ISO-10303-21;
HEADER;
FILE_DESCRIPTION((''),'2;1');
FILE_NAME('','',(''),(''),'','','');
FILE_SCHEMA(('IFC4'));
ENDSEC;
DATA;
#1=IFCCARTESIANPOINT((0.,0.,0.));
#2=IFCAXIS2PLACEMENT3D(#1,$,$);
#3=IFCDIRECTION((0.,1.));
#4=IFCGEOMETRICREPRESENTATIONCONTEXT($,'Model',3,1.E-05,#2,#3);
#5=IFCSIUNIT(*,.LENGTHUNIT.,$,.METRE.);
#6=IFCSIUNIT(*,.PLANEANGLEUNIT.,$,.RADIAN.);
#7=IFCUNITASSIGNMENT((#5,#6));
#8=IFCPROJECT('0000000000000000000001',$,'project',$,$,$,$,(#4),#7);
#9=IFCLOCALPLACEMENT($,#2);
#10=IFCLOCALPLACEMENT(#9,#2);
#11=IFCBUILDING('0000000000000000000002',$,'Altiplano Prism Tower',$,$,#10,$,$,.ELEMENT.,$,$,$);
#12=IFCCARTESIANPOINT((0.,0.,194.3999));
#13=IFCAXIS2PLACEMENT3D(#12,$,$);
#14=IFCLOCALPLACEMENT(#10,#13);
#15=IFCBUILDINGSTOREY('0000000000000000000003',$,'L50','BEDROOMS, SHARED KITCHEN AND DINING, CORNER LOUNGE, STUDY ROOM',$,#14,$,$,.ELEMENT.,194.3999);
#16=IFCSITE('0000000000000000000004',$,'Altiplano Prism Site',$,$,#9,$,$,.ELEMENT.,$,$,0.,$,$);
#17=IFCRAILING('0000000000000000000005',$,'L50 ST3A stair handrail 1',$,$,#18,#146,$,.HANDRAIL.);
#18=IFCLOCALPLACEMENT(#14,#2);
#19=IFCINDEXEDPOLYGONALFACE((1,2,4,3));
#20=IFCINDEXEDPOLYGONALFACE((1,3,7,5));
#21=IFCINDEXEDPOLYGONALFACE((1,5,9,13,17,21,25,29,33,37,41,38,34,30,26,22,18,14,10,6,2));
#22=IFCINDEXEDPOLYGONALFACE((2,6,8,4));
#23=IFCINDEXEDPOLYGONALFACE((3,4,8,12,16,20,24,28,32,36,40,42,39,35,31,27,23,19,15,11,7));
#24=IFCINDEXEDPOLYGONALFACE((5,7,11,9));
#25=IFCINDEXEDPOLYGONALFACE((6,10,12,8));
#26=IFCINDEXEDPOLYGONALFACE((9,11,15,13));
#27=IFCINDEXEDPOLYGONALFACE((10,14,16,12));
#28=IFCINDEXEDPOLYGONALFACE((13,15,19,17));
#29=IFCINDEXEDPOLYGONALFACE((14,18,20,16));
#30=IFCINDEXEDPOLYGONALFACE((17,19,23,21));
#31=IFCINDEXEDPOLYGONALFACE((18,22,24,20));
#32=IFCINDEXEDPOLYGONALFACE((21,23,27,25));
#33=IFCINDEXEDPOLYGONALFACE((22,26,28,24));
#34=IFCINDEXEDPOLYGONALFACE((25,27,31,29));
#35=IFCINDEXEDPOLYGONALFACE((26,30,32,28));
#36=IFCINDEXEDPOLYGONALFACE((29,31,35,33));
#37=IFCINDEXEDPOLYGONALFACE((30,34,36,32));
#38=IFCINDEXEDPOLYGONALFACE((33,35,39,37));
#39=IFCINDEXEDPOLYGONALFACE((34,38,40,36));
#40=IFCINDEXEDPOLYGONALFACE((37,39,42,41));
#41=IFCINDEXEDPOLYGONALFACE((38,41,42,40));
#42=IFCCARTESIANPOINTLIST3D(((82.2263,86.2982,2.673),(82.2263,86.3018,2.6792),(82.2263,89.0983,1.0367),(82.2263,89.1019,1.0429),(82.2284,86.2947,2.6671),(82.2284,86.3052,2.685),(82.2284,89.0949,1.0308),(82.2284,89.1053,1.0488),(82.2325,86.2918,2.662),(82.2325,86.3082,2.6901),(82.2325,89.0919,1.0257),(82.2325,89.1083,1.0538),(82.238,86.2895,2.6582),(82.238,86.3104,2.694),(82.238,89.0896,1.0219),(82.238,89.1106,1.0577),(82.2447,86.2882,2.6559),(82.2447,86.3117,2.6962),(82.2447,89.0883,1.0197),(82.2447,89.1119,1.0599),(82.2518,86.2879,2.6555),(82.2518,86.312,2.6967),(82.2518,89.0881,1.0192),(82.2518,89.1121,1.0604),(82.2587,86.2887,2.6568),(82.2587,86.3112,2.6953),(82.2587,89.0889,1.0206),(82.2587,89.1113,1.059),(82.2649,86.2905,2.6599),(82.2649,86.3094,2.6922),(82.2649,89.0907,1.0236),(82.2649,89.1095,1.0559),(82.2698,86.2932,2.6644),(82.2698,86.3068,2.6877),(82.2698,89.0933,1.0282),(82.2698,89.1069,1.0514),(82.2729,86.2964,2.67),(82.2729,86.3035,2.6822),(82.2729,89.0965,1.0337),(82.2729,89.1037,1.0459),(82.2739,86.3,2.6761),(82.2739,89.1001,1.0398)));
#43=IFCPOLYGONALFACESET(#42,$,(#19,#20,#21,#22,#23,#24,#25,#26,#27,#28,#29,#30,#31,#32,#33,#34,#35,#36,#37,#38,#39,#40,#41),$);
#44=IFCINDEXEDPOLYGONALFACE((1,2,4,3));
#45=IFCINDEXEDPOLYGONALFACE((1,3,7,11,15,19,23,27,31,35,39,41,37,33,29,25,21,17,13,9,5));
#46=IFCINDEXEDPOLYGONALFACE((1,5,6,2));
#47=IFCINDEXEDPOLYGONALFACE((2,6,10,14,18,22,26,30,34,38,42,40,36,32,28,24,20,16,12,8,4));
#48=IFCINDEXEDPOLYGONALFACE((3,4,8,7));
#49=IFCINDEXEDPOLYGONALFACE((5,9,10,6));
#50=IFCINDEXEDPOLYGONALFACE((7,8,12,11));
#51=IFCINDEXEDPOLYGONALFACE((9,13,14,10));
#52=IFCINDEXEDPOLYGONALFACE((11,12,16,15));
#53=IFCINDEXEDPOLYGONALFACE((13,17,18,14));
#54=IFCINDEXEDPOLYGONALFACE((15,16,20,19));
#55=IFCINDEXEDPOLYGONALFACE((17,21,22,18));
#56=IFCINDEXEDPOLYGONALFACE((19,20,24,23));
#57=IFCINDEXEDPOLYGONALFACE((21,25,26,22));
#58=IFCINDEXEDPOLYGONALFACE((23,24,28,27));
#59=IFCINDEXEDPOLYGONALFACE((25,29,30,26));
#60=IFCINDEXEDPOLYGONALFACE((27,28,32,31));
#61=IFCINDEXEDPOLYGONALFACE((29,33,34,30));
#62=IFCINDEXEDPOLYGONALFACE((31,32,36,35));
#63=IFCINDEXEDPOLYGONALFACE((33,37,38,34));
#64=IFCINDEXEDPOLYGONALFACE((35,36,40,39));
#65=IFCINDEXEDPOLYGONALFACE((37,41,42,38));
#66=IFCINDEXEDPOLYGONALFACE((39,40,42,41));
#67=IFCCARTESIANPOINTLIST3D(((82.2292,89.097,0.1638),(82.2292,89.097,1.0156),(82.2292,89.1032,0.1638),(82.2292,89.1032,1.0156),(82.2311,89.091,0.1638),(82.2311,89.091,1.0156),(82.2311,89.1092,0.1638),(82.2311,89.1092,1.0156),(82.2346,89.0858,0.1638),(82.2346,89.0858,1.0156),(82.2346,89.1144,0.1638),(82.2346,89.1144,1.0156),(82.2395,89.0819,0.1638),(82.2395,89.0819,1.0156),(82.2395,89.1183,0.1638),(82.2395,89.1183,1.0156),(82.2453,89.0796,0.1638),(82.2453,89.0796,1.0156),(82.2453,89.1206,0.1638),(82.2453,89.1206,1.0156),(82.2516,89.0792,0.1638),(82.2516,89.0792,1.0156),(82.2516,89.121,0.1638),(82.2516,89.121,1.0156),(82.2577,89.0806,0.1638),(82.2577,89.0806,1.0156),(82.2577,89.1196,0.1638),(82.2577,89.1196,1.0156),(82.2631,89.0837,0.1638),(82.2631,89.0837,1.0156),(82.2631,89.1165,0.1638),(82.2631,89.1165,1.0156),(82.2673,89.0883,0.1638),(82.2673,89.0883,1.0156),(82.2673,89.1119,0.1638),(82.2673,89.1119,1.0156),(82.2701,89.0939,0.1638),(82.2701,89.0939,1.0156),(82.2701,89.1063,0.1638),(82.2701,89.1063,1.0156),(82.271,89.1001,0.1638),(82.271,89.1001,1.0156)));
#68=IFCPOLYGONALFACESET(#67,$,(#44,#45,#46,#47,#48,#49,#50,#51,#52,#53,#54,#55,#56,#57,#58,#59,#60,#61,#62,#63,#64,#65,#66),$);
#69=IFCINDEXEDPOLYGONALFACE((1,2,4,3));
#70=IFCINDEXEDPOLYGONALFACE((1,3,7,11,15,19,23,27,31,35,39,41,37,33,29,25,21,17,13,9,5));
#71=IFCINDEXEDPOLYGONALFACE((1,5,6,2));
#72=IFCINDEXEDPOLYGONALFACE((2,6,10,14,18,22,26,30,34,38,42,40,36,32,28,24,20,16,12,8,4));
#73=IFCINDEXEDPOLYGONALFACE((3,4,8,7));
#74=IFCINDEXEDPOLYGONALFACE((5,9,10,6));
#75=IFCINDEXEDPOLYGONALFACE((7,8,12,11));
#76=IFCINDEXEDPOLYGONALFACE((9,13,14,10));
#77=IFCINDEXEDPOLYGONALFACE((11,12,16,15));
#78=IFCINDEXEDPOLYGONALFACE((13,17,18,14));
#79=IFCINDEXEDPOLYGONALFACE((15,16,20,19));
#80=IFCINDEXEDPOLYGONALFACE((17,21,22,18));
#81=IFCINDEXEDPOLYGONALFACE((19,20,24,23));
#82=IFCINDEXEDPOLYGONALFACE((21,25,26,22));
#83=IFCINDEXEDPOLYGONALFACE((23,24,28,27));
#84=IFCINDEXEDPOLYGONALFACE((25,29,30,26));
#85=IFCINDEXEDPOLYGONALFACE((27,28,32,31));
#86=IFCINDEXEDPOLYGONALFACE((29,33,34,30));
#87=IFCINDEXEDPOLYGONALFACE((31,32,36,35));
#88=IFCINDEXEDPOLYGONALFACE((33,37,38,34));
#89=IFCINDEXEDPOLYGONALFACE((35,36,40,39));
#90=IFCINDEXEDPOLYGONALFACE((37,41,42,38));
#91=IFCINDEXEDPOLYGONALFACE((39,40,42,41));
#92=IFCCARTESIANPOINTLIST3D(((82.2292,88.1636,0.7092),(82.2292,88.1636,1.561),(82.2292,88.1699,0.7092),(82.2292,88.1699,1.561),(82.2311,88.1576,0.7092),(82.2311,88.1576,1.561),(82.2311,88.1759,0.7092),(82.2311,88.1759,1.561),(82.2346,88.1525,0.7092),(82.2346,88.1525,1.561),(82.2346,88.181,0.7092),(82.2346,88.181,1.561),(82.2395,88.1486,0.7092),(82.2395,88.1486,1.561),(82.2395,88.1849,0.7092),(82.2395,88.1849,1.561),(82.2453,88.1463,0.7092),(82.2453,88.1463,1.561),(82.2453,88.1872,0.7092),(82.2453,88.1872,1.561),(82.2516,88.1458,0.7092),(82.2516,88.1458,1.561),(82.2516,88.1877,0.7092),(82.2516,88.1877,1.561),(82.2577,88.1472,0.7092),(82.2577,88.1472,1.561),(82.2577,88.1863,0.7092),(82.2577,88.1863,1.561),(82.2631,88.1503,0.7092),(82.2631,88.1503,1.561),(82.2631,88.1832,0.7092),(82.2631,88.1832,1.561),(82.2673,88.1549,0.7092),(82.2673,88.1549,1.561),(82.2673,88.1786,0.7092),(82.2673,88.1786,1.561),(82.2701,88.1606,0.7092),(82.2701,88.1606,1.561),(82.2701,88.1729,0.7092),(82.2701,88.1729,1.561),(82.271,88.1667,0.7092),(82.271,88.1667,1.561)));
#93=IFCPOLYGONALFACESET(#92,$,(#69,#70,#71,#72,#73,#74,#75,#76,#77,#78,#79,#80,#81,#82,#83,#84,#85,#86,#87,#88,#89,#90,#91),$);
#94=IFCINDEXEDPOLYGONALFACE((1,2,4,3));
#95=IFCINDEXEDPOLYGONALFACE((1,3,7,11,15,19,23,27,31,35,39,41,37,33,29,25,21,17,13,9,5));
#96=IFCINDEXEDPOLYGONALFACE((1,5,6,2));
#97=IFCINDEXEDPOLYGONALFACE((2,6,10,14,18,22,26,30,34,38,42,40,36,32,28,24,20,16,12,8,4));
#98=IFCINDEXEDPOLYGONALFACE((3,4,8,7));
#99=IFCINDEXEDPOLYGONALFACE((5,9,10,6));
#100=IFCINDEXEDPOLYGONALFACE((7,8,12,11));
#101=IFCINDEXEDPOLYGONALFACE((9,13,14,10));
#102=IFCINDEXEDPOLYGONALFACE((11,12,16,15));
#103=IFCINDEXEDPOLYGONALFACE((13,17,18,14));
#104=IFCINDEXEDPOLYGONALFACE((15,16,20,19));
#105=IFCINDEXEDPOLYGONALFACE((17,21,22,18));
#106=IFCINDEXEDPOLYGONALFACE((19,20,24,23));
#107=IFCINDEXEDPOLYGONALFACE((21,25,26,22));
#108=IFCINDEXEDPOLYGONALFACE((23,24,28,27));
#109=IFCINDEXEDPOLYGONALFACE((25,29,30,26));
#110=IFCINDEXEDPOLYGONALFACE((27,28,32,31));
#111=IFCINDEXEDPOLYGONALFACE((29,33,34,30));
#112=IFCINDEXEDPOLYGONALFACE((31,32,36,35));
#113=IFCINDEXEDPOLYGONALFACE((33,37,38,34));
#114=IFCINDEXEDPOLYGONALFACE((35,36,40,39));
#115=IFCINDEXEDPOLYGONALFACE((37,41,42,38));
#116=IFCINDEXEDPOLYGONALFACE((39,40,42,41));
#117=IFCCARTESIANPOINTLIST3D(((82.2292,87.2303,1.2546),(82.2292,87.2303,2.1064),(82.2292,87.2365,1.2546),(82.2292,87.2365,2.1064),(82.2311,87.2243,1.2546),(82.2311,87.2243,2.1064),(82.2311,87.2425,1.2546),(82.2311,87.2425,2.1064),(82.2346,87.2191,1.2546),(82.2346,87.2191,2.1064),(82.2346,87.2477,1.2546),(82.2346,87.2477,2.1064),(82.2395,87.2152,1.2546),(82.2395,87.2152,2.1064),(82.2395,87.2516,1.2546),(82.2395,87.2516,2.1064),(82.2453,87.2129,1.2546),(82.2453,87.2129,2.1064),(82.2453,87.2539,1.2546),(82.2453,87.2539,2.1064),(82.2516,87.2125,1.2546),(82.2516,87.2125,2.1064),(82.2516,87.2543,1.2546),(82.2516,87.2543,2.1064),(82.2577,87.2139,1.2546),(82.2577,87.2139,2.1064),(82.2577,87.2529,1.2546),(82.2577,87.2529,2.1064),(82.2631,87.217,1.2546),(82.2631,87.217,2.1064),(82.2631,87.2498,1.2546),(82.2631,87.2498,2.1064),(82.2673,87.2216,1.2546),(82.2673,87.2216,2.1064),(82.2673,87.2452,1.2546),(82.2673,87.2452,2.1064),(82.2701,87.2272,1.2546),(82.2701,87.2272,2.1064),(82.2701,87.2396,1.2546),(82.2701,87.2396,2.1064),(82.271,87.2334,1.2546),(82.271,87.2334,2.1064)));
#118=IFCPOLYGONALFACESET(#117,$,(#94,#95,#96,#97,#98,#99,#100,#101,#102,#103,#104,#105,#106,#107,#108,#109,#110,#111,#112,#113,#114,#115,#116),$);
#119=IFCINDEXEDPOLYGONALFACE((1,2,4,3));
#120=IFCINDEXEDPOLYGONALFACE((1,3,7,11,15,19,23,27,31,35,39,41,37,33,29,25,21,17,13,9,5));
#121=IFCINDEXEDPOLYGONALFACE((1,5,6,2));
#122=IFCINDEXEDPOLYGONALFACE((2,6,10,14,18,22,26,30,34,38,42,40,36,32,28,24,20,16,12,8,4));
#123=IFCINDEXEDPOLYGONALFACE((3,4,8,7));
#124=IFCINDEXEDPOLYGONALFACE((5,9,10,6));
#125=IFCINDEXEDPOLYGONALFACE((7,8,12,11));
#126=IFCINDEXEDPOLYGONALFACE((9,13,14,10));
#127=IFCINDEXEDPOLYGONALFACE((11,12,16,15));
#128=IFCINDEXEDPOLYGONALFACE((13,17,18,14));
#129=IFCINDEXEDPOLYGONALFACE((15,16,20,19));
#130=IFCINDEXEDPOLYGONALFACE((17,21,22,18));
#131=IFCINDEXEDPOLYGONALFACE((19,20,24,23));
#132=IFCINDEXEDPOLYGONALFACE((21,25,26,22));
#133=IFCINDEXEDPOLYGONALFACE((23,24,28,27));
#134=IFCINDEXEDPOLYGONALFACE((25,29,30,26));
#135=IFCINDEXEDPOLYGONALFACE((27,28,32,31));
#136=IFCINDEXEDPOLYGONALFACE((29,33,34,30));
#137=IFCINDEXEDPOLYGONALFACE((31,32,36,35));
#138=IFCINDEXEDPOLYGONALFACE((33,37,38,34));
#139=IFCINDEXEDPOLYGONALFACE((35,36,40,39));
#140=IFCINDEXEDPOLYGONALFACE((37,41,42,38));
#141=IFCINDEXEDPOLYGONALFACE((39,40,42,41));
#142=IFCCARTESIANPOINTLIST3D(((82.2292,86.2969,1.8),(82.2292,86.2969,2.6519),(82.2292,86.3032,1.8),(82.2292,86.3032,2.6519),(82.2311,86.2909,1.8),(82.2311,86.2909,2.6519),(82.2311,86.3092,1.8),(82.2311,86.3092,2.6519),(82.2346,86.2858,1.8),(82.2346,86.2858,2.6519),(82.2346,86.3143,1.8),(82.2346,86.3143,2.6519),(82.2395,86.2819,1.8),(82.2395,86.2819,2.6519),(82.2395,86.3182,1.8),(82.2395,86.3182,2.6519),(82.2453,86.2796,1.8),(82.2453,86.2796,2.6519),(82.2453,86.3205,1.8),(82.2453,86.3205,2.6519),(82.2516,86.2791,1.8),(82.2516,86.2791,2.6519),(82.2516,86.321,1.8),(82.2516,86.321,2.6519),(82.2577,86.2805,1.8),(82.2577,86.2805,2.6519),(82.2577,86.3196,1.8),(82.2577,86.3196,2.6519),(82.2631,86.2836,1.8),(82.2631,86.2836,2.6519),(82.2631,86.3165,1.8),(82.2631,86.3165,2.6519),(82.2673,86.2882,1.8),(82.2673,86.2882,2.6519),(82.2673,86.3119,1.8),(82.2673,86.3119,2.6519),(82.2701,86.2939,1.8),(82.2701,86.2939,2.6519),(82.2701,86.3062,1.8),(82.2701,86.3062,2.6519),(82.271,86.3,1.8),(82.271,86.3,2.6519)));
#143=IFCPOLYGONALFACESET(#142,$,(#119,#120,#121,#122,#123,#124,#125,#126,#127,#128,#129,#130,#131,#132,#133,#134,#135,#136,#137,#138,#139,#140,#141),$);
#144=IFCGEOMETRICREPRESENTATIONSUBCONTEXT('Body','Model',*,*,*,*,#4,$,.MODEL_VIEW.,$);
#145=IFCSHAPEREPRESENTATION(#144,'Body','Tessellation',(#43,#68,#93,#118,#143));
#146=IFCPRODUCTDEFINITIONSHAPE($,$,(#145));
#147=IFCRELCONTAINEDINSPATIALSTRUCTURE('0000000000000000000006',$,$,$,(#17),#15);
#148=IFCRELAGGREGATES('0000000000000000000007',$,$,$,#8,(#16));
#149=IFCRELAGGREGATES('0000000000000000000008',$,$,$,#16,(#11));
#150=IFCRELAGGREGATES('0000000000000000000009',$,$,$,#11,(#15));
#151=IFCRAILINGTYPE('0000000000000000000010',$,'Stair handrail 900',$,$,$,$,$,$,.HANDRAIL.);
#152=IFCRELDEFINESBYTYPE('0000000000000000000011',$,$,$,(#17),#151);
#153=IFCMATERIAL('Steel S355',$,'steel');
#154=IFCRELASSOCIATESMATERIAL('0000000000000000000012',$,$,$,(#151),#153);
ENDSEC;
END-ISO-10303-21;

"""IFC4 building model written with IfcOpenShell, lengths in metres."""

from ifc_helpers import new_model, si_unit, direction, frame, origin, origin_2d, place, context, subcontext, project, spatial, circle, extrude, material, type_object, element, save


model = new_model("IFC4")

# Units and contexts
model_context = context("Model", 3, precision=1e-05, world=origin(), true_north=direction((0.0, 1.0)))
body_context = subcontext(model_context, "Body", "Model", "MODEL_VIEW")
ifc_project = project(units=[si_unit("LENGTHUNIT", "METRE"), si_unit("PLANEANGLEUNIT", "RADIAN")], contexts=[model_context])

# Site, building, storey
site_placement = place(None, origin())
site = spatial("IfcSite", under=ifc_project, at=site_placement, Name="Altiplano Prism Site", CompositionType="ELEMENT", RefElevation=0.0)
building_placement = place(site_placement, origin())
building = spatial("IfcBuilding", under=site, at=building_placement, Name="Altiplano Prism Tower", CompositionType="ELEMENT")
storey_placement = place(building_placement, frame((0.0, 0.0, 194.3999)))
storey = spatial("IfcBuildingStorey", under=building, at=storey_placement, Name="L50", Description="BEDROOMS, SHARED KITCHEN AND DINING, CORNER LOUNGE, STUDY ROOM", CompositionType="ELEMENT", Elevation=194.3999)

# Railing
ifc_material_1 = material(Name="Steel S355", Category="steel")
railing_type_1 = type_object("IfcRailingType", Name="Stair handrail 900", PredefinedType="HANDRAIL", material=ifc_material_1)
railing_1_placement = place(storey_placement, frame((82.25, 89.1001, 0.1638)))
element("IfcRailing", 1, at=railing_1_placement, inside=storey, type_object=railing_type_1, Name="L50 ST3A stair handrail 1", PredefinedType="HANDRAIL", context=body_context, shape_type="SweptSolid", body=[
    extrude(circle(Radius=0.0239, at=origin_2d()), frame((0.0, 0.0, 0.876), z_axis=(0.0, -0.863394, 0.504531), x_axis=(1.0, 0.0, 0.0)), (0.0, 0.0, 1.0), 3.2432),
    extrude(circle(Radius=0.021, at=origin_2d()), origin(), (0.0, 0.0, 1.0), 0.8518),
    extrude(circle(Radius=0.021, at=origin_2d()), frame((0.0, -0.9333, 0.5454)), (0.0, 0.0, 1.0), 0.8518),
    extrude(circle(Radius=0.021, at=origin_2d()), frame((0.0, -1.8667, 1.0908)), (0.0, 0.0, 1.0), 0.8518),
    extrude(circle(Radius=0.021, at=origin_2d()), frame((0.0, -2.8, 1.6362)), (0.0, 0.0, 1.0), 0.8518),
])

save(model, "model.ifc")
